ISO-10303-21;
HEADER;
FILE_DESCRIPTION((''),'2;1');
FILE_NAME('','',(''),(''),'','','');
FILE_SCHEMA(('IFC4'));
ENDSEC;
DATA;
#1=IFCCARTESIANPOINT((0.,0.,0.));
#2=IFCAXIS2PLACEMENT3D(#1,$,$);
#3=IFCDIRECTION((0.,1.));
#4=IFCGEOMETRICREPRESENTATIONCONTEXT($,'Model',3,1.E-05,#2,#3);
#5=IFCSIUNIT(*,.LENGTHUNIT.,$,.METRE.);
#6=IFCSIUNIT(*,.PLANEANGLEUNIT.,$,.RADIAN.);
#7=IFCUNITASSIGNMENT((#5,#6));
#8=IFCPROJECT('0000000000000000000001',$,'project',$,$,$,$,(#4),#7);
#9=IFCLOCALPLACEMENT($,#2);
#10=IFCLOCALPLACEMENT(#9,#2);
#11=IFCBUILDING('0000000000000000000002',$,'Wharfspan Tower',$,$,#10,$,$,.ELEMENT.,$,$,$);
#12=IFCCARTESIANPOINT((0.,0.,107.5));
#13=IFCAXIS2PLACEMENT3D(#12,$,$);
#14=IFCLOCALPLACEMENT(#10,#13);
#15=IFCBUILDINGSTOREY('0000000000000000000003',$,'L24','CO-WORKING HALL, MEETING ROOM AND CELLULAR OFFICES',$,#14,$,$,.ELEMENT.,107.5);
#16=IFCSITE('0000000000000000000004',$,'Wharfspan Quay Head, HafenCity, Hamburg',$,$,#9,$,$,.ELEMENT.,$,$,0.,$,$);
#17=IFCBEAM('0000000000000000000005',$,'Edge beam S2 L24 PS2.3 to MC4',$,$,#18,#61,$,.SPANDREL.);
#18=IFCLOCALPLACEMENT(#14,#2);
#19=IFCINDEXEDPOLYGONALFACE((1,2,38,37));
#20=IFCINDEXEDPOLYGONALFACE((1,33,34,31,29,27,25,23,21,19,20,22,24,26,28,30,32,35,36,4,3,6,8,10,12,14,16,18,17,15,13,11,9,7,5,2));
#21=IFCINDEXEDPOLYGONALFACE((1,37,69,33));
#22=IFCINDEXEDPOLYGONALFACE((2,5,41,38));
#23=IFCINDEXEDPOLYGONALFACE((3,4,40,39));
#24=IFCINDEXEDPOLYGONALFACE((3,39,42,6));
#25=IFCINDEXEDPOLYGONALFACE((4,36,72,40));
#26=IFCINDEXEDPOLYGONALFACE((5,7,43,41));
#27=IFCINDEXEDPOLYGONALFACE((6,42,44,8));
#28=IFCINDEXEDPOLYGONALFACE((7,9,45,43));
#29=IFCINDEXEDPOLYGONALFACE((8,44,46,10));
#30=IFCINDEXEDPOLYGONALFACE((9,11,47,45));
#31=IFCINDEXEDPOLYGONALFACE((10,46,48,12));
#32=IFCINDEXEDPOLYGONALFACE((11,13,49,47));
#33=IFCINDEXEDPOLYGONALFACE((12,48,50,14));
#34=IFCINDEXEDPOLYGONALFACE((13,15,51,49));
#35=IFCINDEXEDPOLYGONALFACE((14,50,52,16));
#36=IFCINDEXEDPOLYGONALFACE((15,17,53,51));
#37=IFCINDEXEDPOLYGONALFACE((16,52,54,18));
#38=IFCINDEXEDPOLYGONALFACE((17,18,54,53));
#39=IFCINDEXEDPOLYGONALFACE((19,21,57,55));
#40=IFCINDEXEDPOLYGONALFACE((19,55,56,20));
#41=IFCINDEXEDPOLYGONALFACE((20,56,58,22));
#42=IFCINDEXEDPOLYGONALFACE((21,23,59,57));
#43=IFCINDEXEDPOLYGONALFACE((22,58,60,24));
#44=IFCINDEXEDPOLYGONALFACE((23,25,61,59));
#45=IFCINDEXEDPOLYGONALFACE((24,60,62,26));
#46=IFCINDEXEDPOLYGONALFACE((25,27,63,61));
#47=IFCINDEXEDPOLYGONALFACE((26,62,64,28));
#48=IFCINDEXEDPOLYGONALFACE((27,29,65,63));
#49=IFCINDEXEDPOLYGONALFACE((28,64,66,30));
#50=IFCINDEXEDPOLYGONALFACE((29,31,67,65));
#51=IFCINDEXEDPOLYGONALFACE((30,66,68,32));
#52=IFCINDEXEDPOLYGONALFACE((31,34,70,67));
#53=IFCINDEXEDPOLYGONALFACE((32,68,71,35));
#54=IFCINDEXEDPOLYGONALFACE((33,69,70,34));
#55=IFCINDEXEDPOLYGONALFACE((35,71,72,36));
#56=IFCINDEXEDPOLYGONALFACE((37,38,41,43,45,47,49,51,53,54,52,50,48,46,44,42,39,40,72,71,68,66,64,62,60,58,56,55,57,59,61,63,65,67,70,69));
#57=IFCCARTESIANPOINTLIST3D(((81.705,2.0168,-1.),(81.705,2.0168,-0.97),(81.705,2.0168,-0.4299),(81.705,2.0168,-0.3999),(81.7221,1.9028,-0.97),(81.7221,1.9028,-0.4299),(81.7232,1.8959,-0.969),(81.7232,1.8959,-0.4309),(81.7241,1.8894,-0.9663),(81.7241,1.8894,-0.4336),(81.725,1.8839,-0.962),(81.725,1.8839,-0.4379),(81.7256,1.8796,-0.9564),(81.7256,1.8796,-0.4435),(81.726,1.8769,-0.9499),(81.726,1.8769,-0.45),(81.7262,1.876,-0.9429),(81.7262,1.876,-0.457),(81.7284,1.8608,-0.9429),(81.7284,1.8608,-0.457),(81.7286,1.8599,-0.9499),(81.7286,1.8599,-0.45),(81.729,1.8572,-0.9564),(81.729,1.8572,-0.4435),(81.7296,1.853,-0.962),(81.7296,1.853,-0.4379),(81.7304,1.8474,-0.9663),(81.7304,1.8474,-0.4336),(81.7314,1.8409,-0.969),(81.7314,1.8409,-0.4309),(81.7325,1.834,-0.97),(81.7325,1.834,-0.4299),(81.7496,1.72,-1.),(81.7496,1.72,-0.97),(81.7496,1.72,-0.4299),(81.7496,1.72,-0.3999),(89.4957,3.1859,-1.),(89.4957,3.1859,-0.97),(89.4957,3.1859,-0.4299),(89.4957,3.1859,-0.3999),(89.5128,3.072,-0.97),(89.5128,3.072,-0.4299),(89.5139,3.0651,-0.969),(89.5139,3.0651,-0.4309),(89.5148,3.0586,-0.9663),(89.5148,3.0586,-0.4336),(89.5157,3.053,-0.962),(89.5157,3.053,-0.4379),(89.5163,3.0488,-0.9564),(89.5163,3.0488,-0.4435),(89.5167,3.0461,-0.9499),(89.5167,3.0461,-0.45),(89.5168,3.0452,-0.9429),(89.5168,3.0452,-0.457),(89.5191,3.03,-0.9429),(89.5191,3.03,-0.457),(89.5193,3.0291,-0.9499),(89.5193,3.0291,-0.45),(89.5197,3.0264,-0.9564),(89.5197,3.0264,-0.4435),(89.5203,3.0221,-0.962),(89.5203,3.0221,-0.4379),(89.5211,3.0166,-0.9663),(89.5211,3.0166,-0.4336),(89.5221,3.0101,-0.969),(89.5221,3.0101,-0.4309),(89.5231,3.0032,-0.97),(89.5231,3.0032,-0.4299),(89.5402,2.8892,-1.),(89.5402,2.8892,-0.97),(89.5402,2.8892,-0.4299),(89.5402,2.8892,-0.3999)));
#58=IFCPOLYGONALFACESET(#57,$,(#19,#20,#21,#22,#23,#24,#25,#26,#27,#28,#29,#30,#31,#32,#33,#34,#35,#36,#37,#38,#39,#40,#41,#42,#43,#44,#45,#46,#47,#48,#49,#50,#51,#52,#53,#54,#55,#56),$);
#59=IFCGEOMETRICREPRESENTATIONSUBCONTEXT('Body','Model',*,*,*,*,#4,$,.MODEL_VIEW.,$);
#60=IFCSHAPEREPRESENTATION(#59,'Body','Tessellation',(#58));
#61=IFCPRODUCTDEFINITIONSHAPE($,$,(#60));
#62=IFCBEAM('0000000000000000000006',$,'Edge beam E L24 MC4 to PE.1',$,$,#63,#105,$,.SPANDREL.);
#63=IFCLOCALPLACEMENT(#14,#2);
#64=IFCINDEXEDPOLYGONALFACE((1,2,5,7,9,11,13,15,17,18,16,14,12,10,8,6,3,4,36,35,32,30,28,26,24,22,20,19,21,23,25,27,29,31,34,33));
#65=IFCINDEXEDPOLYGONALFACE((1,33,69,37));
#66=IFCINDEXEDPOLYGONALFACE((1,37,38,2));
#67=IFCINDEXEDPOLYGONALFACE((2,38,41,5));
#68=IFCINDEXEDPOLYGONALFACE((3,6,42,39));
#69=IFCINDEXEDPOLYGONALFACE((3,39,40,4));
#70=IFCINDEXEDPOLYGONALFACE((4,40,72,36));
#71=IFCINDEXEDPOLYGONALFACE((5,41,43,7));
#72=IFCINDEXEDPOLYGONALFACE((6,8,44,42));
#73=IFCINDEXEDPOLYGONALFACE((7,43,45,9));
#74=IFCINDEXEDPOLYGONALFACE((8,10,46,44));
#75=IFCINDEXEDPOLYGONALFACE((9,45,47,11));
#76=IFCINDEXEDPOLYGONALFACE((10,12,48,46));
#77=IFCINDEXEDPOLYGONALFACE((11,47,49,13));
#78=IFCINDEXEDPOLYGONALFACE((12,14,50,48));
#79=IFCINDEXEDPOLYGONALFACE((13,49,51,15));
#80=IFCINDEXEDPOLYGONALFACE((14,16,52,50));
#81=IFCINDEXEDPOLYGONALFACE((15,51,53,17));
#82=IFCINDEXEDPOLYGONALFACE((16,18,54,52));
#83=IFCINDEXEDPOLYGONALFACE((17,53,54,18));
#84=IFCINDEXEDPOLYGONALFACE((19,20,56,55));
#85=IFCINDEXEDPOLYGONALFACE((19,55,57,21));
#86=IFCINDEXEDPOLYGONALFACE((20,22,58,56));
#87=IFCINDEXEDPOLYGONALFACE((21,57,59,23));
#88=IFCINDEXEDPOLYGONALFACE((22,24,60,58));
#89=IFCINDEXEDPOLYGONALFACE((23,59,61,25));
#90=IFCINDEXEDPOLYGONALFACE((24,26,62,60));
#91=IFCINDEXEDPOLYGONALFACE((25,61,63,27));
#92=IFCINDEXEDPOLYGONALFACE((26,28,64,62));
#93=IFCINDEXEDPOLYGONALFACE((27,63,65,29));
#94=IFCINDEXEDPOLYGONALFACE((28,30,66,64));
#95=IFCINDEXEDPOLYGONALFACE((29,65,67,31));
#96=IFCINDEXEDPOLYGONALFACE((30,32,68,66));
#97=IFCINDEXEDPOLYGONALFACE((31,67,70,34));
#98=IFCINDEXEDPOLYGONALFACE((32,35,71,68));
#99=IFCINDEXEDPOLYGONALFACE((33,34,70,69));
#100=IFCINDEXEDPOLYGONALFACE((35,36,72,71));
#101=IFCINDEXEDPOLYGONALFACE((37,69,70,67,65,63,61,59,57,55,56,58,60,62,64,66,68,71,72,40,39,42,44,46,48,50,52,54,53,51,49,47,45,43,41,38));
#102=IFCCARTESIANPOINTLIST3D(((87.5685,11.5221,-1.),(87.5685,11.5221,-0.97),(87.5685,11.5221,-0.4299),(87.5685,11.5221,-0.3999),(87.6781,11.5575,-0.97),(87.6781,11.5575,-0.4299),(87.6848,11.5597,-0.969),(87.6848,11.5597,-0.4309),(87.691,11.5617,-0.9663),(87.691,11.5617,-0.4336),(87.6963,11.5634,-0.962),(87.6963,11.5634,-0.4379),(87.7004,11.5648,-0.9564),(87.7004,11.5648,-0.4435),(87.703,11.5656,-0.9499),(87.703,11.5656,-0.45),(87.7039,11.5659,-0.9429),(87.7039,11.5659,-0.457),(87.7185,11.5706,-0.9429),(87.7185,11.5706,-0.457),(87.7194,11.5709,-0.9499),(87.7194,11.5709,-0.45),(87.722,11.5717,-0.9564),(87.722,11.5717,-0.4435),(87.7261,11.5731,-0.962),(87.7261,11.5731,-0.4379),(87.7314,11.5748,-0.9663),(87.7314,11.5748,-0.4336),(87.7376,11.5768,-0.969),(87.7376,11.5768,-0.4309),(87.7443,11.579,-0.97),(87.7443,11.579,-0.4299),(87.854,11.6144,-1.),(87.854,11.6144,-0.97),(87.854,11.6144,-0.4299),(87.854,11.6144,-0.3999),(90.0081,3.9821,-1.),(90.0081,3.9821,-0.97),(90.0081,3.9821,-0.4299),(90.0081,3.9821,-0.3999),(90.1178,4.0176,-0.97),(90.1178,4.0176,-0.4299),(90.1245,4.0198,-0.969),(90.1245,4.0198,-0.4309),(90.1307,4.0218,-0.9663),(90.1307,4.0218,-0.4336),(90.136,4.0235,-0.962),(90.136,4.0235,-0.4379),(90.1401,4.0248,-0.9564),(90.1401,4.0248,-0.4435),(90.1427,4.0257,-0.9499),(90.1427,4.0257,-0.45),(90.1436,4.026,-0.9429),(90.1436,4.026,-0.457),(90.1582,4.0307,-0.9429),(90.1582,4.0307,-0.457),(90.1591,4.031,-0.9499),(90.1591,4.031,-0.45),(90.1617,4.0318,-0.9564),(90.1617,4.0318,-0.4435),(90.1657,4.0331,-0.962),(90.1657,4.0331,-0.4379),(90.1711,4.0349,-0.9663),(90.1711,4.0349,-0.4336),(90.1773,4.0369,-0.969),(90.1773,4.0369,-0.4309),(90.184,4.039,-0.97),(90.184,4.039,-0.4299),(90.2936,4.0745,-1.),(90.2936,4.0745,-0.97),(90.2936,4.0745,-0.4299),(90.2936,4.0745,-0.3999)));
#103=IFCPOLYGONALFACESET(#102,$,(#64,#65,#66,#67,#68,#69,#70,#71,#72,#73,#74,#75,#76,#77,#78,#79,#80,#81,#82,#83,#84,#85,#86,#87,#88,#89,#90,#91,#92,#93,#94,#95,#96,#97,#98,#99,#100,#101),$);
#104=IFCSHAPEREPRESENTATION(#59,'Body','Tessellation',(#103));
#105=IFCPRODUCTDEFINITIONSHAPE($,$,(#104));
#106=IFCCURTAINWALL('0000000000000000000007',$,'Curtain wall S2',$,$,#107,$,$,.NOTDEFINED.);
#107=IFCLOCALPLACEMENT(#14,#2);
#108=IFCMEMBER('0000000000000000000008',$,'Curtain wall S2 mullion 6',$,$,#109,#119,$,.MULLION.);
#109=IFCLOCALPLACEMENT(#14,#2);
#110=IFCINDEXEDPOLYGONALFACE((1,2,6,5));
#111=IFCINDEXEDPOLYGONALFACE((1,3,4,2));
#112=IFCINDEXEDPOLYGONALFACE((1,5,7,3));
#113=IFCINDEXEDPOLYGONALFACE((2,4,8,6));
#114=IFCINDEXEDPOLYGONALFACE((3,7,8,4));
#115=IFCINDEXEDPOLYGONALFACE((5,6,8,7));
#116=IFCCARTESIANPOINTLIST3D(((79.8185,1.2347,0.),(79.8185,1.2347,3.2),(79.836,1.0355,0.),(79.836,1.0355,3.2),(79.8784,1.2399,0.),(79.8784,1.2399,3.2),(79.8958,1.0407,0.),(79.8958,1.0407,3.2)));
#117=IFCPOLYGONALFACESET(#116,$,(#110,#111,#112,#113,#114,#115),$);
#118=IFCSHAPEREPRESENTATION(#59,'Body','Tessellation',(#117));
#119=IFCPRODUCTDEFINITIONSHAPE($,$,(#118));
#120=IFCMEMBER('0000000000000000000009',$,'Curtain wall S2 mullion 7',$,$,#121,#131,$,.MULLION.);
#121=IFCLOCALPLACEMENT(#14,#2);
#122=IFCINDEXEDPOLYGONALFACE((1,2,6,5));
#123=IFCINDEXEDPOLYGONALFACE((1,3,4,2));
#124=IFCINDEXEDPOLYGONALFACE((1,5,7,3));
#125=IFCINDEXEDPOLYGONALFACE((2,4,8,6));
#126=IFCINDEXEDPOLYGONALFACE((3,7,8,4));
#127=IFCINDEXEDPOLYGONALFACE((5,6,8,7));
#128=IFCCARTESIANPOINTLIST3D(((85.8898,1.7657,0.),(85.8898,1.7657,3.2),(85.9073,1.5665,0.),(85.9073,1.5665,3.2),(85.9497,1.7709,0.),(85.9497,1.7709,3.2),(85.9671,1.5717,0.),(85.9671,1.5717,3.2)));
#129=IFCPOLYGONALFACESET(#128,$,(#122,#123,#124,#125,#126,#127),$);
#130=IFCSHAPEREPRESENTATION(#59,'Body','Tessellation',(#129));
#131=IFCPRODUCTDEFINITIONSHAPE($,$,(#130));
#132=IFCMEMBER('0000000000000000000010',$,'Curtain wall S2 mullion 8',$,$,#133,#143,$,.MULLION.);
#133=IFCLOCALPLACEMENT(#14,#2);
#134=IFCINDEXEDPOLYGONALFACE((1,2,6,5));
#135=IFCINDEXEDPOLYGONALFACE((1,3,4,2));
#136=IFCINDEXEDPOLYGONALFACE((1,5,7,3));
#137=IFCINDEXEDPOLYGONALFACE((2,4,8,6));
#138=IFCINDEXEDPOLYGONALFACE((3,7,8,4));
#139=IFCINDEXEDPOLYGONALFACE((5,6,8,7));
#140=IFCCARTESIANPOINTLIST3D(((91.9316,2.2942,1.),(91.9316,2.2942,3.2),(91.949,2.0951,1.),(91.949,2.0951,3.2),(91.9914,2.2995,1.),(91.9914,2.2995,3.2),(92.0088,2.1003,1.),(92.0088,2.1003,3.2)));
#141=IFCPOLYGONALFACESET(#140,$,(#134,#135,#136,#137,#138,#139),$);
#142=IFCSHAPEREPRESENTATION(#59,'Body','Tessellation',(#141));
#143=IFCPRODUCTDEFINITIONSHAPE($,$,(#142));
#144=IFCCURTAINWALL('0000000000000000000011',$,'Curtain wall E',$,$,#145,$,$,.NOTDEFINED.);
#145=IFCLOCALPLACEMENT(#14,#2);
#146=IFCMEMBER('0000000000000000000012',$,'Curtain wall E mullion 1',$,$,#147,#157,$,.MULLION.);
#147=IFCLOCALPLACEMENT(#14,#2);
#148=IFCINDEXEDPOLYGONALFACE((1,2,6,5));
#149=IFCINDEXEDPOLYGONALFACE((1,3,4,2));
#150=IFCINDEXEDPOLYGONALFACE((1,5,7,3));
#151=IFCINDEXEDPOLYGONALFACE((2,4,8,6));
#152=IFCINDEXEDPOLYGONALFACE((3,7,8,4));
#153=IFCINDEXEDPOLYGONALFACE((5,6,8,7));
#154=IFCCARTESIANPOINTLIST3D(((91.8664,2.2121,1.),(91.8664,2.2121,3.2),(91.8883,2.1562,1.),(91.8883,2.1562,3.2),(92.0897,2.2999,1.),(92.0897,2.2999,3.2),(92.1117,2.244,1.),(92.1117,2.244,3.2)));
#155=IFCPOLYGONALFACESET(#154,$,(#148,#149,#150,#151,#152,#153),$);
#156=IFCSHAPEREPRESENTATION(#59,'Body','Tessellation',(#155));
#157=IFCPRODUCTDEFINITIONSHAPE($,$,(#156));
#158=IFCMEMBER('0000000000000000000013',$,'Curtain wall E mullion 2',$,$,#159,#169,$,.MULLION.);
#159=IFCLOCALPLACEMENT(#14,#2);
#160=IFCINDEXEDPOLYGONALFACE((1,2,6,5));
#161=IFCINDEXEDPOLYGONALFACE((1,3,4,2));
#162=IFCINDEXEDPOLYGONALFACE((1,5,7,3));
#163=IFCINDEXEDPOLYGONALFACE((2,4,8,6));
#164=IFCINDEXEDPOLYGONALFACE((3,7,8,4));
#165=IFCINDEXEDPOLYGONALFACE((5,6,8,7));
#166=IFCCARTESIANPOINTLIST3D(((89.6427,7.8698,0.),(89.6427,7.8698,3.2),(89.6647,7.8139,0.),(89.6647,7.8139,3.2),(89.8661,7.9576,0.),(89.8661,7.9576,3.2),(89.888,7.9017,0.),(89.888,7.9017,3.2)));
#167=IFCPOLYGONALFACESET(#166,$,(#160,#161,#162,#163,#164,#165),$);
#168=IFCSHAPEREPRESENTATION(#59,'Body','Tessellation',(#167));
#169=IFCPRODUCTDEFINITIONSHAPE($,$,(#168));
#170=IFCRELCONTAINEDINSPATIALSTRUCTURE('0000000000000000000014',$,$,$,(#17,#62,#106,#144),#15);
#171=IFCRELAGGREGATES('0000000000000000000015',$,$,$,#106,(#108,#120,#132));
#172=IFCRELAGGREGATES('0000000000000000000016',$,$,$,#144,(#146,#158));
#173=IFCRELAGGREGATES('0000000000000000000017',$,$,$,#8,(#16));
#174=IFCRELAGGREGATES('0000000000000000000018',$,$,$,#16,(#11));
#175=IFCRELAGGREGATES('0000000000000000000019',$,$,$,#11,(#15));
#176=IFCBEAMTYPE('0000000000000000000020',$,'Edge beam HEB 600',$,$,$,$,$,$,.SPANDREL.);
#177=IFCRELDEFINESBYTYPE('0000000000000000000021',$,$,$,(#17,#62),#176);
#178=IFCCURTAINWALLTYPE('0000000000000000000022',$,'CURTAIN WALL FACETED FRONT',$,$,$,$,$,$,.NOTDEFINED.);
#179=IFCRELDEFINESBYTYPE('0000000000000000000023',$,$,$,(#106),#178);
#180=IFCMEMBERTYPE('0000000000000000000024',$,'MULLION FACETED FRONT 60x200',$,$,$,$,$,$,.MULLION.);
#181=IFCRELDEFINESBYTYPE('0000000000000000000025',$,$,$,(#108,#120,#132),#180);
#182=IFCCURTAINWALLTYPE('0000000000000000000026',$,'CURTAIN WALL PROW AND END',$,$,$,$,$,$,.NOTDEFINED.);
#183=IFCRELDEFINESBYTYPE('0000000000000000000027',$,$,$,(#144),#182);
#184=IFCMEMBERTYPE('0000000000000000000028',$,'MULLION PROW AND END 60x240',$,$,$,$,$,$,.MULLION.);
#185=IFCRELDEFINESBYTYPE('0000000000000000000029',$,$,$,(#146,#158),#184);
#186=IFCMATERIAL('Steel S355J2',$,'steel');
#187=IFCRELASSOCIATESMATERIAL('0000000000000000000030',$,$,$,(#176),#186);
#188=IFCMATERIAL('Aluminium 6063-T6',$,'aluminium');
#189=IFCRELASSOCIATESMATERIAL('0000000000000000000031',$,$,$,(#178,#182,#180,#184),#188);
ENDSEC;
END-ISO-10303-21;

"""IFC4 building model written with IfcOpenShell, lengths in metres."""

from ifc_helpers import new_model, si_unit, direction, frame, origin, origin_2d, place, context, subcontext, project, spatial, rectangle, i_section, extrude, material, material_profile, profile_set, type_object, element, aggregate, save


model = new_model("IFC4")

# Units and contexts
model_context = context("Model", 3, precision=1e-05, world=origin(), true_north=direction((0.0, 1.0)))
body_context = subcontext(model_context, "Body", "Model", "MODEL_VIEW")
ifc_project = project(units=[si_unit("LENGTHUNIT", "METRE"), si_unit("PLANEANGLEUNIT", "RADIAN")], contexts=[model_context])

# Site, building, storey
site_placement = place(None, origin())
site = spatial("IfcSite", under=ifc_project, at=site_placement, Name="Wharfspan Quay Head, HafenCity, Hamburg", CompositionType="ELEMENT", RefElevation=0.0)
building_placement = place(site_placement, origin())
building = spatial("IfcBuilding", under=site, at=building_placement, Name="Wharfspan Tower", CompositionType="ELEMENT")
storey_placement = place(building_placement, frame((0.0, 0.0, 107.5)))
storey = spatial("IfcBuildingStorey", under=building, at=storey_placement, Name="L24", Description="CO-WORKING HALL, MEETING ROOM AND CELLULAR OFFICES", CompositionType="ELEMENT", Elevation=107.5)

# Shared definitions
ifc_material_1 = material(Name="Steel S355J2", Category="steel")

# Beams
ifc_material_profile_1 = material_profile(ifc_material_1, i_section(OverallWidth=0.3, OverallDepth=0.6001, WebThickness=0.0154, FlangeThickness=0.03, FilletRadius=0.0271, at=origin_2d()))
ifc_profile_set_1 = profile_set([ifc_material_profile_1], Name="Steel S355J2")
beam_type = type_object("IfcBeamType", Name="Edge beam HEB 600", PredefinedType="SPANDREL", material=ifc_profile_set_1)
beam_1_placement = place(storey_placement, frame((81.7273, 1.8684, -0.7), z_axis=(0.988926, 0.148412, 0.0), x_axis=(-0.148412, 0.988926, 0.0)))
element("IfcBeam", 1, at=beam_1_placement, inside=storey, type_object=beam_type, Name="Edge beam S2 L24 PS2.3 to MC4", PredefinedType="SPANDREL", context=body_context, shape_type="SweptSolid", body=[
    extrude(i_section(OverallWidth=0.3, OverallDepth=0.6001, WebThickness=0.0154, FlangeThickness=0.03, FilletRadius=0.0271, at=origin_2d()), origin(), (0.0, 0.0, 1.0), 7.8779),
])
beam_2_placement = place(storey_placement, frame((90.1509, 4.0283, -0.7), z_axis=(-0.307851, 0.951434, 0.0), x_axis=(-0.951434, -0.307851, 0.0)))
element("IfcBeam", 2, at=beam_2_placement, inside=storey, type_object=beam_type, Name="Edge beam E L24 MC4 to PE.1", PredefinedType="SPANDREL", context=body_context, shape_type="SweptSolid", body=[
    extrude(i_section(OverallWidth=0.3, OverallDepth=0.6001, WebThickness=0.0154, FlangeThickness=0.03, FilletRadius=0.0271, at=origin_2d()), origin(), (0.0, 0.0, 1.0), 7.9248),
])

# Curtain walls, members
ifc_material_2 = material(Name="Aluminium 6063-T6", Category="aluminium")
curtain_wall_type_1 = type_object("IfcCurtainWallType", Name="CURTAIN WALL FACETED FRONT", PredefinedType="NOTDEFINED", material=ifc_material_2)
curtain_wall_1_placement = place(storey_placement, origin())
curtain_wall_1 = element("IfcCurtainWall", 3, at=curtain_wall_1_placement, inside=storey, type_object=curtain_wall_type_1, Name="Curtain wall S2", PredefinedType="NOTDEFINED")
ifc_material_profile_2 = material_profile(ifc_material_2, rectangle(XDim=0.2, YDim=0.0601, at=origin_2d()))
ifc_profile_set_2 = profile_set([ifc_material_profile_2], Name="Aluminium 6063-T6")
member_type_1 = type_object("IfcMemberType", Name="MULLION FACETED FRONT 60x200", PredefinedType="MULLION", material=ifc_profile_set_2)
member_1_placement = place(storey_placement, frame((79.8572, 1.1377, 0.0), z_axis=(0.0, 0.0, 1.0), x_axis=(-0.087156, 0.996198, 0.0)))
member_1 = element("IfcMember", 4, at=member_1_placement, type_object=member_type_1, Name="Curtain wall S2 mullion 6", PredefinedType="MULLION", context=body_context, shape_type="SweptSolid", body=[
    extrude(rectangle(XDim=0.2, YDim=0.0601, at=origin_2d()), origin(), (0.0, 0.0, 1.0), 3.2),
])
member_2_placement = place(storey_placement, frame((85.9285, 1.6687, 0.0), z_axis=(0.0, 0.0, 1.0), x_axis=(-0.087156, 0.996198, 0.0)))
member_2 = element("IfcMember", 5, at=member_2_placement, type_object=member_type_1, Name="Curtain wall S2 mullion 7", PredefinedType="MULLION", context=body_context, shape_type="SweptSolid", body=[
    extrude(rectangle(XDim=0.2, YDim=0.0601, at=origin_2d()), origin(), (0.0, 0.0, 1.0), 3.2),
])
member_3_placement = place(storey_placement, frame((91.9702, 2.1973, 1.0), z_axis=(0.0, 0.0, 1.0), x_axis=(-0.087156, 0.996198, 0.0)))
member_3 = element("IfcMember", 6, at=member_3_placement, type_object=member_type_1, Name="Curtain wall S2 mullion 8", PredefinedType="MULLION", context=body_context, shape_type="SweptSolid", body=[
    extrude(rectangle(XDim=0.2, YDim=0.0601, at=origin_2d()), origin(), (0.0, 0.0, 1.0), 2.2),
])
curtain_wall_type_2 = type_object("IfcCurtainWallType", Name="CURTAIN WALL PROW AND END", PredefinedType="NOTDEFINED", material=ifc_material_2)
curtain_wall_2_placement = place(storey_placement, origin())
curtain_wall_2 = element("IfcCurtainWall", 7, at=curtain_wall_2_placement, inside=storey, type_object=curtain_wall_type_2, Name="Curtain wall E", PredefinedType="NOTDEFINED")
ifc_material_profile_3 = material_profile(ifc_material_2, rectangle(XDim=0.24, YDim=0.0601, at=origin_2d()))
ifc_profile_set_3 = profile_set([ifc_material_profile_3], Name="Aluminium 6063-T6")
member_type_2 = type_object("IfcMemberType", Name="MULLION PROW AND END 60x240", PredefinedType="MULLION", material=ifc_profile_set_3)
member_4_placement = place(storey_placement, frame((91.989, 2.228, 1.0), z_axis=(0.0, 0.0, 1.0), x_axis=(-0.930702, -0.365778, 0.0)))
member_4 = element("IfcMember", 8, at=member_4_placement, type_object=member_type_2, Name="Curtain wall E mullion 1", PredefinedType="MULLION", context=body_context, shape_type="SweptSolid", body=[
    extrude(rectangle(XDim=0.24, YDim=0.0601, at=origin_2d()), origin(), (0.0, 0.0, 1.0), 2.2),
])
member_5_placement = place(storey_placement, frame((89.7654, 7.8857, 0.0), z_axis=(0.0, 0.0, 1.0), x_axis=(-0.930702, -0.365778, 0.0)))
member_5 = element("IfcMember", 9, at=member_5_placement, type_object=member_type_2, Name="Curtain wall E mullion 2", PredefinedType="MULLION", context=body_context, shape_type="SweptSolid", body=[
    extrude(rectangle(XDim=0.24, YDim=0.0601, at=origin_2d()), origin(), (0.0, 0.0, 1.0), 3.2),
])

aggregate(curtain_wall_1, [member_1, member_2, member_3])
aggregate(curtain_wall_2, [member_4, member_5])

save(model, "model.ifc")
